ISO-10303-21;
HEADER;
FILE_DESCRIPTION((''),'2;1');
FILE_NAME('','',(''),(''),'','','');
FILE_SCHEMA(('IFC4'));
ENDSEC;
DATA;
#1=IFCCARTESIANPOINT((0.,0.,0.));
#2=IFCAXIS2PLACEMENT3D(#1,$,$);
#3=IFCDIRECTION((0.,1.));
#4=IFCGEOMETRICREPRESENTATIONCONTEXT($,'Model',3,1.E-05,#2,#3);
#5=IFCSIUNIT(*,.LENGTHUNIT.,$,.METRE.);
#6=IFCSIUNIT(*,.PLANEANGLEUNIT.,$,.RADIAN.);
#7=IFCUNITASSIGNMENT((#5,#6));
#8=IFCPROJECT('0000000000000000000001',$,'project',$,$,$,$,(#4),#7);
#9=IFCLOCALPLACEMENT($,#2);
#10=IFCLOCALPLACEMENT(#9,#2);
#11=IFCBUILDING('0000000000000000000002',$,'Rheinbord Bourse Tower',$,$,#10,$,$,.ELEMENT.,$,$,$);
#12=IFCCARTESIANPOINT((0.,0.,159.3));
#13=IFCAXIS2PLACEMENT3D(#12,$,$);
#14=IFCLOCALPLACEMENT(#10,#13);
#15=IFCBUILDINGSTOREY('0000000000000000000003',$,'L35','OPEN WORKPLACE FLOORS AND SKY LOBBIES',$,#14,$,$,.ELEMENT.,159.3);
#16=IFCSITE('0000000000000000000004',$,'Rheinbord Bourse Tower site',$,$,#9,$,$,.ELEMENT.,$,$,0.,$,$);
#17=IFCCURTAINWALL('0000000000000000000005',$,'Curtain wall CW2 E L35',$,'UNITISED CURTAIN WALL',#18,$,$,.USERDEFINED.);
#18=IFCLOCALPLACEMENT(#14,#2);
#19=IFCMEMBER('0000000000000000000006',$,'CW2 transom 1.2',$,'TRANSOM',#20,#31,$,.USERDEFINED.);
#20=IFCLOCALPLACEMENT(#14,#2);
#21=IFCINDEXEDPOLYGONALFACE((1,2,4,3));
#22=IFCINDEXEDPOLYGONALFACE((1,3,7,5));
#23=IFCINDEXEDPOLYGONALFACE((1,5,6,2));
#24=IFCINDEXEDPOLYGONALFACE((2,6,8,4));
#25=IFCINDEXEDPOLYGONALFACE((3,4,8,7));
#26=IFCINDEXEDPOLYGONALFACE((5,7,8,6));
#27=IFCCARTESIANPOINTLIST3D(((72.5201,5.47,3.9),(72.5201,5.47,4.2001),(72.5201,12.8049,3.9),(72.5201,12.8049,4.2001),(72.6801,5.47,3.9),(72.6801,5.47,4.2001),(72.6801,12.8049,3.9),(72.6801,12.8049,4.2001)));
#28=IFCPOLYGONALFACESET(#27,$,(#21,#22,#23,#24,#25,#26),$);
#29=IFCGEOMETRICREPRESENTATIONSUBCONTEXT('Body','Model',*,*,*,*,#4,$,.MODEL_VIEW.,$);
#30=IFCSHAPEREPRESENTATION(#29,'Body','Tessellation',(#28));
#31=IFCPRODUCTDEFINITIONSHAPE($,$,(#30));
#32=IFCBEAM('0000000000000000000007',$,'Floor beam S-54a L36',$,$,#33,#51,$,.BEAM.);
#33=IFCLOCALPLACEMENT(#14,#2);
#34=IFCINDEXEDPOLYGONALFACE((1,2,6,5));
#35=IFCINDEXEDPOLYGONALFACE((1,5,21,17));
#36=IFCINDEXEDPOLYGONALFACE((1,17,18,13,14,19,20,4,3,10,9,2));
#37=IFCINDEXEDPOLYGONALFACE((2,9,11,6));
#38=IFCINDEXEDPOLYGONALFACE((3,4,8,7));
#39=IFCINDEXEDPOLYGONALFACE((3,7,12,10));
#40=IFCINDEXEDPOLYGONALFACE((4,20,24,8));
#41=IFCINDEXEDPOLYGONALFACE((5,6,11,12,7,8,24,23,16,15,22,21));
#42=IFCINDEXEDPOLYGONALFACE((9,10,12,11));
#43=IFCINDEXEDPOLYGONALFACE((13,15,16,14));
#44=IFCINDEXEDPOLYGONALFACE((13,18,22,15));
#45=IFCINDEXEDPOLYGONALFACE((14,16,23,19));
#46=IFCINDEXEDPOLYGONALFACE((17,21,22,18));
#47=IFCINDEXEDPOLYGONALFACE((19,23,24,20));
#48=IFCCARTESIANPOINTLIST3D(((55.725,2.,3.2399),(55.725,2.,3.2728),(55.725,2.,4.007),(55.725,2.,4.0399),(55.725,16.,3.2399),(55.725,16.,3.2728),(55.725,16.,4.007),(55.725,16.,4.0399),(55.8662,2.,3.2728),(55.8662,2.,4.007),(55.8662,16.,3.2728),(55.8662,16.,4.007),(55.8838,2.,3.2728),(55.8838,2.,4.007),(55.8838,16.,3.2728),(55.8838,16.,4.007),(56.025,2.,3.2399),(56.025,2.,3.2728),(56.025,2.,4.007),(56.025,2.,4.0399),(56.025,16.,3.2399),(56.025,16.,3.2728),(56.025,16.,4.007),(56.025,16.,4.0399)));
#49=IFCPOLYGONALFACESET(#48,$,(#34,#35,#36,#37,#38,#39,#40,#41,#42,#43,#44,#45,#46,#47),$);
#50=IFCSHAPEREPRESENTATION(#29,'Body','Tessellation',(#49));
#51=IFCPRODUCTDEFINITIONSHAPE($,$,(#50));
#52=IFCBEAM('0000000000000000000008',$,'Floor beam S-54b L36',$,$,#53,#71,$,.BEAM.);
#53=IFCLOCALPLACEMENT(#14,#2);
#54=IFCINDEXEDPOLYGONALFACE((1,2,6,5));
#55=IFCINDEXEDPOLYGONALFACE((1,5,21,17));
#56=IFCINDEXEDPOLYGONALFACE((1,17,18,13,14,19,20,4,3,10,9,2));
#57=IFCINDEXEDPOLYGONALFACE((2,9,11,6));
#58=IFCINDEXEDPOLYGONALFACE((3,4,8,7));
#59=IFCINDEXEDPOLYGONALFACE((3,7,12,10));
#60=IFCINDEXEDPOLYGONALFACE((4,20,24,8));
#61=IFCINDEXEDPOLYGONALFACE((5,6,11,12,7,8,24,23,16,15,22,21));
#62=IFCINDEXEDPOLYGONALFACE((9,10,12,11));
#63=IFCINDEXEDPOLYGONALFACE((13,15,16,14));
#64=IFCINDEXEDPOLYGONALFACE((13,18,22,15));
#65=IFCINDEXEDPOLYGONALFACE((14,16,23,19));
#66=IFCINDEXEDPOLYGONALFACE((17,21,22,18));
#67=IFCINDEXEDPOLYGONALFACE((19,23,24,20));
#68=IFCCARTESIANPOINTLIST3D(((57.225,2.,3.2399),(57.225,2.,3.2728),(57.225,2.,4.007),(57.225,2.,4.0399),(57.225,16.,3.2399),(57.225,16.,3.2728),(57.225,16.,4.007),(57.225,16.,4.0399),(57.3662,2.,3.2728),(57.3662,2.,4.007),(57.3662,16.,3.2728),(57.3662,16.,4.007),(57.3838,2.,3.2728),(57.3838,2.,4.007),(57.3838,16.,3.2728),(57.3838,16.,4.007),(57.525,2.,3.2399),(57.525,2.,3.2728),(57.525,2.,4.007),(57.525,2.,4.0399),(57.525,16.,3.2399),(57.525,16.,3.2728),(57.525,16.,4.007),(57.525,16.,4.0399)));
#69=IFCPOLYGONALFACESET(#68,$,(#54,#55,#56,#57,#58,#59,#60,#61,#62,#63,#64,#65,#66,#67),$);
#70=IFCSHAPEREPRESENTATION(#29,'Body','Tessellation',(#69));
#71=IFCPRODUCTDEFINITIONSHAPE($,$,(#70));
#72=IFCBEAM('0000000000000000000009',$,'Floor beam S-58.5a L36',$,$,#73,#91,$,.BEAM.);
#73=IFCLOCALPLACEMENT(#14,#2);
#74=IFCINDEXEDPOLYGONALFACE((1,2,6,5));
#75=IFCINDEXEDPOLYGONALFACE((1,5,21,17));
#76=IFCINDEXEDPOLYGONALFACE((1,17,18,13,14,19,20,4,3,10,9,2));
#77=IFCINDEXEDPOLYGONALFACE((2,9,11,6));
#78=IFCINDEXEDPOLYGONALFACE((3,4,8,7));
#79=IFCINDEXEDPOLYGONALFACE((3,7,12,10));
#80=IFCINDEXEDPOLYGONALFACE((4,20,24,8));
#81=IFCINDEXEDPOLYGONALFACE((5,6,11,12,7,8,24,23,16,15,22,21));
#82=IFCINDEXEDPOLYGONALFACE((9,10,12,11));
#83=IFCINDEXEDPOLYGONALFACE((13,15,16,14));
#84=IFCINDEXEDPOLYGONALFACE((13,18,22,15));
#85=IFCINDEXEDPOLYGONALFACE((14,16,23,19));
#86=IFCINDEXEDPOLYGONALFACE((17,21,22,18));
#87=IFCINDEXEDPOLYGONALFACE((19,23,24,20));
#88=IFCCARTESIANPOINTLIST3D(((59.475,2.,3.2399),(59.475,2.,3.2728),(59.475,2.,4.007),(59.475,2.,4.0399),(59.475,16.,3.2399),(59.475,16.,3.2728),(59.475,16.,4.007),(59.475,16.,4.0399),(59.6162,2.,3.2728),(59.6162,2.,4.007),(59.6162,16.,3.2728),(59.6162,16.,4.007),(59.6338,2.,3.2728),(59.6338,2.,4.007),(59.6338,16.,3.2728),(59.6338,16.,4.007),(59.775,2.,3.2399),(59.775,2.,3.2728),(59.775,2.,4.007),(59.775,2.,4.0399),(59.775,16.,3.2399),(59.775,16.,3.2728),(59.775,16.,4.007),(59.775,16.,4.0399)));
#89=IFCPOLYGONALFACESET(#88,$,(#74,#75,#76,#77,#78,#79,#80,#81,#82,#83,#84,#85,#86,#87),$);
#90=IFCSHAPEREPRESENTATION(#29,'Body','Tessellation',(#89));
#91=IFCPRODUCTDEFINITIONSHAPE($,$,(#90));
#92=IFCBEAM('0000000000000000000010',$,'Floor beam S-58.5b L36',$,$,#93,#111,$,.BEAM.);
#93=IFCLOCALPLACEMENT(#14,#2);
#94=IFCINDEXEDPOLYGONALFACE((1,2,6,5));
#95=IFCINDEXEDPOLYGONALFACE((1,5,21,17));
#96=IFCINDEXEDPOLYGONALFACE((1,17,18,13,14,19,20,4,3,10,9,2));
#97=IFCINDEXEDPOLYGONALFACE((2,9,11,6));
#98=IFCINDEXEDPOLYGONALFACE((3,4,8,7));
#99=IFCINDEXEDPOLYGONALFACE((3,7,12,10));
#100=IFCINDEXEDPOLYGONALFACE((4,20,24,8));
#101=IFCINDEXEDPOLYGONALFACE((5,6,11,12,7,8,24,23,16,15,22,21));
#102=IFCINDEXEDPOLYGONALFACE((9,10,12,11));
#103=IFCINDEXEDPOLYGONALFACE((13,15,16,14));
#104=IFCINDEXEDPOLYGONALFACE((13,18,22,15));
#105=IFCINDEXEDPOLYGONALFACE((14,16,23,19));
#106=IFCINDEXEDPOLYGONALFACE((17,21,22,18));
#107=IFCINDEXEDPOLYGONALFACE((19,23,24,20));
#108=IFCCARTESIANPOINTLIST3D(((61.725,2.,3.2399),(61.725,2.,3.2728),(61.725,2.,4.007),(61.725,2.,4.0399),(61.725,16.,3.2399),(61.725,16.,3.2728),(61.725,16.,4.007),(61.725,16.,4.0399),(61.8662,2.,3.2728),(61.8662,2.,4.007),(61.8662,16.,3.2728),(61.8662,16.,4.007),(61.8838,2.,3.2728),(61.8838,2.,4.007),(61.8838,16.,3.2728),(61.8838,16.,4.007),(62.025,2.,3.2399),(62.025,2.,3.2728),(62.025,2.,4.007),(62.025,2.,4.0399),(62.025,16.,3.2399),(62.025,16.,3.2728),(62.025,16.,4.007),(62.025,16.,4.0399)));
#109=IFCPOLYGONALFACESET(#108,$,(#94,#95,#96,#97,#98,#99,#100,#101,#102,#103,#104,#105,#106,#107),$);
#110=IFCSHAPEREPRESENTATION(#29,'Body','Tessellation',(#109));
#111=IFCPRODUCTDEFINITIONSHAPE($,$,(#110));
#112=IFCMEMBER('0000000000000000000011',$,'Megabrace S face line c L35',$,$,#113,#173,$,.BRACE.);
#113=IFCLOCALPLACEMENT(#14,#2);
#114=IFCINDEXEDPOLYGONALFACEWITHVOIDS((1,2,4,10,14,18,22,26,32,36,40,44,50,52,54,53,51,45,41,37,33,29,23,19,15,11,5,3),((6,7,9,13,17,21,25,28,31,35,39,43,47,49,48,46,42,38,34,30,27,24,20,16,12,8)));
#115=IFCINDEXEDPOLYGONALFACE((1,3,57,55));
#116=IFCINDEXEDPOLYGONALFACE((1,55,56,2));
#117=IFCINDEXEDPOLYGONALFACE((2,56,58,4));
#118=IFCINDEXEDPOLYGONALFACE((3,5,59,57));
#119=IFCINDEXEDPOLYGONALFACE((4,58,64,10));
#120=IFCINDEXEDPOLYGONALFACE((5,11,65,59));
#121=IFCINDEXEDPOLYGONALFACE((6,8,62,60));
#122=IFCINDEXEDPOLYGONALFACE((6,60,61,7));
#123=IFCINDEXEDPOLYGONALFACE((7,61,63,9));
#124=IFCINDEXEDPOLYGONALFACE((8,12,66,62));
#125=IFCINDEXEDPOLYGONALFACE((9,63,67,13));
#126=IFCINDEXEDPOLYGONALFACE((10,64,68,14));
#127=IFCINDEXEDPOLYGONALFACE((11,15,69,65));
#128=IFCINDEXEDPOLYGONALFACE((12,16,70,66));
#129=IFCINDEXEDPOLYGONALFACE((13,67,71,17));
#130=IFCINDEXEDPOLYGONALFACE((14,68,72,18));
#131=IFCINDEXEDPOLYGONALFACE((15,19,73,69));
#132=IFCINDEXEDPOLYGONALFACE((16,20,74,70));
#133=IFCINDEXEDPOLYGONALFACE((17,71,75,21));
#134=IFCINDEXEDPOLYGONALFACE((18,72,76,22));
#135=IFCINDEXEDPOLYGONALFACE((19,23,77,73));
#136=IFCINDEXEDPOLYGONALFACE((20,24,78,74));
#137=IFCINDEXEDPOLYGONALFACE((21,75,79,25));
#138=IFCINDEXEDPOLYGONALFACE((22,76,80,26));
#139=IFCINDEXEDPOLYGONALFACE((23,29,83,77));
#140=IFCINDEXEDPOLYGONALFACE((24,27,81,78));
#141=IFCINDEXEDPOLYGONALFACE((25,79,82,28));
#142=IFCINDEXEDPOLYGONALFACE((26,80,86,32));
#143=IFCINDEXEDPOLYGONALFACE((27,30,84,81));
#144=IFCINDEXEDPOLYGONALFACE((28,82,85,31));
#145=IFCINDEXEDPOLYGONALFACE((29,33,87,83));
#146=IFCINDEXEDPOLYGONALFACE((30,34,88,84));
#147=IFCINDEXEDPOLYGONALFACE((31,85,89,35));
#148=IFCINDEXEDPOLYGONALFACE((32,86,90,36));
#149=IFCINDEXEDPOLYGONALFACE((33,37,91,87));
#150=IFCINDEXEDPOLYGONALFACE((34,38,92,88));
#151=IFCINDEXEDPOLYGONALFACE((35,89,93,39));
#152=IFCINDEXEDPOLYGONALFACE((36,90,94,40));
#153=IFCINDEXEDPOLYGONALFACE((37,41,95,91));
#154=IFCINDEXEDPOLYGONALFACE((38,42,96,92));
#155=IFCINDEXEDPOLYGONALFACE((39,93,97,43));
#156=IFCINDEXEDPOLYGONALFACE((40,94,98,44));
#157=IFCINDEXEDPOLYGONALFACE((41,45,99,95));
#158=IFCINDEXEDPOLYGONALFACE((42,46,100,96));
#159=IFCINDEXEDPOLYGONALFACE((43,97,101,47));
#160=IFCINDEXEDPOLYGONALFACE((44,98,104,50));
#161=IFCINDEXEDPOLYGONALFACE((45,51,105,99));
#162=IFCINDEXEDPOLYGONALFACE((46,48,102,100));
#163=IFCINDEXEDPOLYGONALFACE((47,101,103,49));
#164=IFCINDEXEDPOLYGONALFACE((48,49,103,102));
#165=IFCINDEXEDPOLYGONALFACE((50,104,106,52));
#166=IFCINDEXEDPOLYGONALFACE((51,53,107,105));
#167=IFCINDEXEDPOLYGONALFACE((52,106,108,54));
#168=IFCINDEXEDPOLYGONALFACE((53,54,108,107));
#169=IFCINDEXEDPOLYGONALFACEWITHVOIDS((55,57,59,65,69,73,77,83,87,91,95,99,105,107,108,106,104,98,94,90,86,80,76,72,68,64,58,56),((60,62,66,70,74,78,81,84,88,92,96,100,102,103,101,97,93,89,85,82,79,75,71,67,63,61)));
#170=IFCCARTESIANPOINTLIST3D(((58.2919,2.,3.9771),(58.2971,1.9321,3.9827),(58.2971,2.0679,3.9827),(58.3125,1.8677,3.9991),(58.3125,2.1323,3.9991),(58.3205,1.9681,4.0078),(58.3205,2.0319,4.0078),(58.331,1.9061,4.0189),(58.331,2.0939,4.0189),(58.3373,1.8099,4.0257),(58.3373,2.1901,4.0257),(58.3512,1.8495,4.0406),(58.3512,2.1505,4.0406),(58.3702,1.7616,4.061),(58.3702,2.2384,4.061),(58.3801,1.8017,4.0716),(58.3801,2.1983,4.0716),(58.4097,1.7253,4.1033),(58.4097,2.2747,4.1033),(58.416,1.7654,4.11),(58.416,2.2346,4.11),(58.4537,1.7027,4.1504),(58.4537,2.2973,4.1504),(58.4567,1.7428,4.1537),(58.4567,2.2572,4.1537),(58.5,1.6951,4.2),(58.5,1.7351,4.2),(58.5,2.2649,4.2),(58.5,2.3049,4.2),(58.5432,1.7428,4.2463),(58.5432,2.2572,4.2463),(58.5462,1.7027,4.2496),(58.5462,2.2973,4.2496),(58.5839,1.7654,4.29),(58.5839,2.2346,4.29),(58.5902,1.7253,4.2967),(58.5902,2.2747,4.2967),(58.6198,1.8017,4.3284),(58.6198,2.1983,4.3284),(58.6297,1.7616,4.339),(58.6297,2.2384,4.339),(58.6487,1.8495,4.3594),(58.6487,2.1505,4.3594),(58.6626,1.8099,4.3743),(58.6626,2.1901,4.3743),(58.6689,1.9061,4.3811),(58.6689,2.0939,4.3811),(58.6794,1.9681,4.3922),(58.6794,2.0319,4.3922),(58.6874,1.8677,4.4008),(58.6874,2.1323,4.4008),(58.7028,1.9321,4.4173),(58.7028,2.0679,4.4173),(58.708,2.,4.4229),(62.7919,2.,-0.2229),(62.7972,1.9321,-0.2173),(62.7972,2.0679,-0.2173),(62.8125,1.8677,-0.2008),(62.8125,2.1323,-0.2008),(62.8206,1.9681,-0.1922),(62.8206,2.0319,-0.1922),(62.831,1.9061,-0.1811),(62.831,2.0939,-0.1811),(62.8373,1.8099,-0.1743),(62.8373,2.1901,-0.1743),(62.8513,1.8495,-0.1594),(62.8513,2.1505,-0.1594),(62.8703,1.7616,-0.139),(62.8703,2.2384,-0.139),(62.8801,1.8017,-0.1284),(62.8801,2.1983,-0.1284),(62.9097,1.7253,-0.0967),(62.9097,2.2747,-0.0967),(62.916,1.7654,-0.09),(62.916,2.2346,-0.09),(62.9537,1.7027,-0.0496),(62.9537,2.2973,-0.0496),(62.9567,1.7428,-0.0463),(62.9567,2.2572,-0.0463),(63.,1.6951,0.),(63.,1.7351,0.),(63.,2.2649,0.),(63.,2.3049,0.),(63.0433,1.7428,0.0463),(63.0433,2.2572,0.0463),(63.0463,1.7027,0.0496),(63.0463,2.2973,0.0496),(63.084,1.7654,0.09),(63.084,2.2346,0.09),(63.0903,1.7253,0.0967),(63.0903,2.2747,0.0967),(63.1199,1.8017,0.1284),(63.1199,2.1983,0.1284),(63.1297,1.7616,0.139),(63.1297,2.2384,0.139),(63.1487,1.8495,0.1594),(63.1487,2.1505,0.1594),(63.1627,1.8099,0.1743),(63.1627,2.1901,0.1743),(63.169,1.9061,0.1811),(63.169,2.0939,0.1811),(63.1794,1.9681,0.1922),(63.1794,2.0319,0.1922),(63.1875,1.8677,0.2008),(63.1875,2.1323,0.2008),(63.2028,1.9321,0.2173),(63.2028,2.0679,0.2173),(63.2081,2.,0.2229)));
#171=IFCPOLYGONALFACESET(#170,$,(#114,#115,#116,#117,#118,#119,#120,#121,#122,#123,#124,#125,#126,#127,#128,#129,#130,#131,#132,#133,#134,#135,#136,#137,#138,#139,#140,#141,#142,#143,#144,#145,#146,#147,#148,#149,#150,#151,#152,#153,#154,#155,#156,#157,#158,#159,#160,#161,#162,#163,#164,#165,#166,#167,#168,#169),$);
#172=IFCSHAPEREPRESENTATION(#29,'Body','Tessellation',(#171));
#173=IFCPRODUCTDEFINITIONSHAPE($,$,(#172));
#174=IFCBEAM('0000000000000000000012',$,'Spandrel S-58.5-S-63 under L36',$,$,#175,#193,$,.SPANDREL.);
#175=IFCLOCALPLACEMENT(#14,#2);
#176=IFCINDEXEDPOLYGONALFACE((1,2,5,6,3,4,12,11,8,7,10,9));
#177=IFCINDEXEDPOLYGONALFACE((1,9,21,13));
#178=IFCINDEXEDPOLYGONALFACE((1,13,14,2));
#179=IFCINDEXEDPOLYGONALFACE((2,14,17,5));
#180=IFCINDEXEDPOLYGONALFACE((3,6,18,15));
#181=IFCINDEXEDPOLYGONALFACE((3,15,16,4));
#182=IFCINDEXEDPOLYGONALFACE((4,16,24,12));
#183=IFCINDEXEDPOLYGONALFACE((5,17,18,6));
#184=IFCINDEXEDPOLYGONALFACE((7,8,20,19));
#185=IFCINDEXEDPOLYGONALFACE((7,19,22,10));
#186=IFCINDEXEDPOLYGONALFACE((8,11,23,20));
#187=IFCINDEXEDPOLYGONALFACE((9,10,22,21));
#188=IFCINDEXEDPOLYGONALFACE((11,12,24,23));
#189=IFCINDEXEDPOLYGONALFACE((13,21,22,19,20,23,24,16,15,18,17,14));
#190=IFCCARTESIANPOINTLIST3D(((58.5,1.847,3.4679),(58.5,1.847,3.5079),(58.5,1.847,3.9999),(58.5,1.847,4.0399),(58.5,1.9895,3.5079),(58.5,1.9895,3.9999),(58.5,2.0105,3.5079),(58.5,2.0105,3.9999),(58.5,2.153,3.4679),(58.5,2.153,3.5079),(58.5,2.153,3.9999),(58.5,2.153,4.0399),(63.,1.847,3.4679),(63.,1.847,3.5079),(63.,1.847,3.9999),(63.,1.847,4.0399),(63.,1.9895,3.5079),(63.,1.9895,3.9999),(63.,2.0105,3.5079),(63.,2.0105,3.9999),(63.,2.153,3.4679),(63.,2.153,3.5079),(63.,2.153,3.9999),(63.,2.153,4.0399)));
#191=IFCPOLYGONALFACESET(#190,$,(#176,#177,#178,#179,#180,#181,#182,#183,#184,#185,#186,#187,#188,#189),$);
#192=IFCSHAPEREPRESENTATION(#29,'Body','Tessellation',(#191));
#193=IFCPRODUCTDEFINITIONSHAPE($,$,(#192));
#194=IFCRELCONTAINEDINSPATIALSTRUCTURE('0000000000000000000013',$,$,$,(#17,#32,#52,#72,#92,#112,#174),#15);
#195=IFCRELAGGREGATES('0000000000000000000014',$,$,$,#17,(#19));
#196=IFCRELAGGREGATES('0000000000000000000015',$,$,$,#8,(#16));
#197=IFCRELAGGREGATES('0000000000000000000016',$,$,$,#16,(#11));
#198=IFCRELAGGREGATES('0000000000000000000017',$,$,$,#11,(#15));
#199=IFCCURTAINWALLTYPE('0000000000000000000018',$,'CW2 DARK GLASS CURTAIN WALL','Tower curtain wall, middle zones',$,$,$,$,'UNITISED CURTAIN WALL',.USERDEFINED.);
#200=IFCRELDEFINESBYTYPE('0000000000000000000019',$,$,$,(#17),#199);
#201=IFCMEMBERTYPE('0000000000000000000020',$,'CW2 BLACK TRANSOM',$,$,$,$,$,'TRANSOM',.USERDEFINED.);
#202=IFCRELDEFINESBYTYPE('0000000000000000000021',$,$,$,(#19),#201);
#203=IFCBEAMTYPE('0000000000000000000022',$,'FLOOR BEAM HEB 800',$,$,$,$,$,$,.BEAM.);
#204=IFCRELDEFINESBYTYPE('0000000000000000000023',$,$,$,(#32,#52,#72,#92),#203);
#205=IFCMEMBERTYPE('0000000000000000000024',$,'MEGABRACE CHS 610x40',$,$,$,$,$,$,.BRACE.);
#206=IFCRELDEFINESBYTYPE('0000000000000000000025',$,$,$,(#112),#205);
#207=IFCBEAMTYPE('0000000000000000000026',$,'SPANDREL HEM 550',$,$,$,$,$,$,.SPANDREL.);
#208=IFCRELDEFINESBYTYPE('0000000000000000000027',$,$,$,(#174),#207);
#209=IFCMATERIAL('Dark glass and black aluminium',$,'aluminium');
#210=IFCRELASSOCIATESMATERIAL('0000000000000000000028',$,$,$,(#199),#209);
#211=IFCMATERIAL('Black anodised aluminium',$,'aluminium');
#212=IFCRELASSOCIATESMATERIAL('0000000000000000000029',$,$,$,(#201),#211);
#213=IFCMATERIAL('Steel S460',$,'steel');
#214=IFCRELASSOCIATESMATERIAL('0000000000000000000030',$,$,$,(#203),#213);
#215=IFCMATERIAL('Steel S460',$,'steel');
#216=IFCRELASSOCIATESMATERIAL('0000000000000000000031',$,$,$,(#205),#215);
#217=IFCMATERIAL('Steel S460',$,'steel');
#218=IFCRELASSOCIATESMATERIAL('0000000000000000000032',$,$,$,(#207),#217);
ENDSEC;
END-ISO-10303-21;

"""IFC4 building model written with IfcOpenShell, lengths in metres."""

from ifc_helpers import new_model, si_unit, direction, frame, origin, origin_2d, place, context, subcontext, project, spatial, rectangle, hollow_circle, i_section, extrude, material, material_profile, profile_set, type_object, element, aggregate, save


model = new_model("IFC4")

# Units and contexts
model_context = context("Model", 3, precision=1e-05, world=origin(), true_north=direction((0.0, 1.0)))
body_context = subcontext(model_context, "Body", "Model", "MODEL_VIEW")
ifc_project = project(units=[si_unit("LENGTHUNIT", "METRE"), si_unit("PLANEANGLEUNIT", "RADIAN")], contexts=[model_context])

# Site, building, storey
site_placement = place(None, origin())
site = spatial("IfcSite", under=ifc_project, at=site_placement, Name="Rheinbord Bourse Tower site", CompositionType="ELEMENT", RefElevation=0.0)
building_placement = place(site_placement, origin())
building = spatial("IfcBuilding", under=site, at=building_placement, Name="Rheinbord Bourse Tower", CompositionType="ELEMENT")
storey_placement = place(building_placement, frame((0.0, 0.0, 159.3)))
storey = spatial("IfcBuildingStorey", under=building, at=storey_placement, Name="L35", Description="OPEN WORKPLACE FLOORS AND SKY LOBBIES", CompositionType="ELEMENT", Elevation=159.3)

# Shared definitions
ifc_material_1 = material(Name="Dark glass and black aluminium", Category="aluminium")
curtain_wall_type = type_object("IfcCurtainWallType", Name="CW2 DARK GLASS CURTAIN WALL", Description="Tower curtain wall, middle zones", ElementType="UNITISED CURTAIN WALL", PredefinedType="USERDEFINED", material=ifc_material_1)

# Curtain wall
curtain_wall_1_placement = place(storey_placement, origin())
curtain_wall_1 = element("IfcCurtainWall", 1, at=curtain_wall_1_placement, inside=storey, type_object=curtain_wall_type, Name="Curtain wall CW2 E L35", ObjectType="UNITISED CURTAIN WALL", PredefinedType="USERDEFINED")

# Member
ifc_material_2 = material(Name="Black anodised aluminium", Category="aluminium")
ifc_material_profile_1 = material_profile(ifc_material_2, rectangle(XDim=0.1599, YDim=0.3, at=origin_2d()), Name="CW2 TRANSOM 300x160")
ifc_profile_set_1 = profile_set([ifc_material_profile_1], Name="Black anodised aluminium")
member_type_1 = type_object("IfcMemberType", Name="CW2 BLACK TRANSOM", ElementType="TRANSOM", PredefinedType="USERDEFINED", material=ifc_profile_set_1)
member_1_placement = place(storey_placement, frame((72.6001, 5.47, 4.05), z_axis=(0.0, 1.0, 0.0), x_axis=(-1.0, 0.0, 0.0)))
member_1 = element("IfcMember", 2, at=member_1_placement, type_object=member_type_1, Name="CW2 transom 1.2", ObjectType="TRANSOM", PredefinedType="USERDEFINED", context=body_context, shape_type="SweptSolid", body=[
    extrude(rectangle(XDim=0.1599, YDim=0.3, at=origin_2d()), origin(), (0.0, 0.0, 1.0), 7.335),
])

# Beams
ifc_material_3 = material(Name="Steel S460", Category="steel")
ifc_material_profile_2 = material_profile(ifc_material_3, i_section(OverallWidth=0.3, OverallDepth=0.8, WebThickness=0.0176, FlangeThickness=0.033, at=origin_2d()), Name="HEB 800")
ifc_profile_set_2 = profile_set([ifc_material_profile_2], Name="Steel S460")
beam_type_1 = type_object("IfcBeamType", Name="FLOOR BEAM HEB 800", PredefinedType="BEAM", material=ifc_profile_set_2)
for number, where, z_axis, x_axis, name in (
    (3, (55.875, 2.0, 3.6399), (0.0, 1.0, 0.0), (-1.0, 0.0, 0.0), "Floor beam S-54a L36"),
    (4, (57.375, 2.0, 3.6399), (0.0, 1.0, 0.0), (-1.0, 0.0, 0.0), "Floor beam S-54b L36"),
    (5, (59.625, 2.0, 3.6399), (0.0, 1.0, 0.0), (-1.0, 0.0, 0.0), "Floor beam S-58.5a L36"),
    (6, (61.875, 2.0, 3.6399), (0.0, 1.0, 0.0), (-1.0, 0.0, 0.0), "Floor beam S-58.5b L36"),
):
    element("IfcBeam", number, at=place(storey_placement, frame(where, z_axis=z_axis, x_axis=x_axis)), inside=storey, type_object=beam_type_1, Name=name, PredefinedType="BEAM", context=body_context, shape_type="SweptSolid", body=[
        extrude(i_section(OverallWidth=0.3, OverallDepth=0.8, WebThickness=0.0176, FlangeThickness=0.033, at=origin_2d()), origin(), (0.0, 0.0, 1.0), 14.0),
    ])

# Member
ifc_material_4 = material(Name="Steel S460", Category="steel")
ifc_material_profile_3 = material_profile(ifc_material_4, hollow_circle(Radius=0.3049, WallThickness=0.04, at=origin_2d()), Name="CHS 610x40")
ifc_profile_set_3 = profile_set([ifc_material_profile_3], Name="Steel S460")
member_type_2 = type_object("IfcMemberType", Name="MEGABRACE CHS 610x40", PredefinedType="BRACE", material=ifc_profile_set_3)
member_2_placement = place(storey_placement, frame((63.0, 2.0, 0.0), z_axis=(-0.731059, 0.0, 0.682314), x_axis=(0.0, -1.0, 0.0)))
element("IfcMember", 7, at=member_2_placement, inside=storey, type_object=member_type_2, Name="Megabrace S face line c L35", PredefinedType="BRACE", context=body_context, shape_type="SweptSolid", body=[
    extrude(hollow_circle(Radius=0.3049, WallThickness=0.04, at=origin_2d()), origin(), (0.0, 0.0, 1.0), 6.1555),
])

# Beam
ifc_material_5 = material(Name="Steel S460", Category="steel")
ifc_material_profile_4 = material_profile(ifc_material_5, i_section(OverallWidth=0.3059, OverallDepth=0.572, WebThickness=0.021, FlangeThickness=0.04, at=origin_2d()), Name="HEM 550")
ifc_profile_set_4 = profile_set([ifc_material_profile_4], Name="Steel S460")
beam_type_2 = type_object("IfcBeamType", Name="SPANDREL HEM 550", PredefinedType="SPANDREL", material=ifc_profile_set_4)
for number, where, z_axis, x_axis, name in (
    (8, (58.5, 2.0, 3.7539), (1.0, 0.0, 0.0), (0.0, 1.0, 0.0), "Spandrel S-58.5-S-63 under L36"),
):
    element("IfcBeam", number, at=place(storey_placement, frame(where, z_axis=z_axis, x_axis=x_axis)), inside=storey, type_object=beam_type_2, Name=name, PredefinedType="SPANDREL", context=body_context, shape_type="SweptSolid", body=[
        extrude(i_section(OverallWidth=0.3059, OverallDepth=0.572, WebThickness=0.021, FlangeThickness=0.04, at=origin_2d()), origin(), (0.0, 0.0, 1.0), 4.5),
    ])

aggregate(curtain_wall_1, [member_1])

save(model, "model.ifc")
